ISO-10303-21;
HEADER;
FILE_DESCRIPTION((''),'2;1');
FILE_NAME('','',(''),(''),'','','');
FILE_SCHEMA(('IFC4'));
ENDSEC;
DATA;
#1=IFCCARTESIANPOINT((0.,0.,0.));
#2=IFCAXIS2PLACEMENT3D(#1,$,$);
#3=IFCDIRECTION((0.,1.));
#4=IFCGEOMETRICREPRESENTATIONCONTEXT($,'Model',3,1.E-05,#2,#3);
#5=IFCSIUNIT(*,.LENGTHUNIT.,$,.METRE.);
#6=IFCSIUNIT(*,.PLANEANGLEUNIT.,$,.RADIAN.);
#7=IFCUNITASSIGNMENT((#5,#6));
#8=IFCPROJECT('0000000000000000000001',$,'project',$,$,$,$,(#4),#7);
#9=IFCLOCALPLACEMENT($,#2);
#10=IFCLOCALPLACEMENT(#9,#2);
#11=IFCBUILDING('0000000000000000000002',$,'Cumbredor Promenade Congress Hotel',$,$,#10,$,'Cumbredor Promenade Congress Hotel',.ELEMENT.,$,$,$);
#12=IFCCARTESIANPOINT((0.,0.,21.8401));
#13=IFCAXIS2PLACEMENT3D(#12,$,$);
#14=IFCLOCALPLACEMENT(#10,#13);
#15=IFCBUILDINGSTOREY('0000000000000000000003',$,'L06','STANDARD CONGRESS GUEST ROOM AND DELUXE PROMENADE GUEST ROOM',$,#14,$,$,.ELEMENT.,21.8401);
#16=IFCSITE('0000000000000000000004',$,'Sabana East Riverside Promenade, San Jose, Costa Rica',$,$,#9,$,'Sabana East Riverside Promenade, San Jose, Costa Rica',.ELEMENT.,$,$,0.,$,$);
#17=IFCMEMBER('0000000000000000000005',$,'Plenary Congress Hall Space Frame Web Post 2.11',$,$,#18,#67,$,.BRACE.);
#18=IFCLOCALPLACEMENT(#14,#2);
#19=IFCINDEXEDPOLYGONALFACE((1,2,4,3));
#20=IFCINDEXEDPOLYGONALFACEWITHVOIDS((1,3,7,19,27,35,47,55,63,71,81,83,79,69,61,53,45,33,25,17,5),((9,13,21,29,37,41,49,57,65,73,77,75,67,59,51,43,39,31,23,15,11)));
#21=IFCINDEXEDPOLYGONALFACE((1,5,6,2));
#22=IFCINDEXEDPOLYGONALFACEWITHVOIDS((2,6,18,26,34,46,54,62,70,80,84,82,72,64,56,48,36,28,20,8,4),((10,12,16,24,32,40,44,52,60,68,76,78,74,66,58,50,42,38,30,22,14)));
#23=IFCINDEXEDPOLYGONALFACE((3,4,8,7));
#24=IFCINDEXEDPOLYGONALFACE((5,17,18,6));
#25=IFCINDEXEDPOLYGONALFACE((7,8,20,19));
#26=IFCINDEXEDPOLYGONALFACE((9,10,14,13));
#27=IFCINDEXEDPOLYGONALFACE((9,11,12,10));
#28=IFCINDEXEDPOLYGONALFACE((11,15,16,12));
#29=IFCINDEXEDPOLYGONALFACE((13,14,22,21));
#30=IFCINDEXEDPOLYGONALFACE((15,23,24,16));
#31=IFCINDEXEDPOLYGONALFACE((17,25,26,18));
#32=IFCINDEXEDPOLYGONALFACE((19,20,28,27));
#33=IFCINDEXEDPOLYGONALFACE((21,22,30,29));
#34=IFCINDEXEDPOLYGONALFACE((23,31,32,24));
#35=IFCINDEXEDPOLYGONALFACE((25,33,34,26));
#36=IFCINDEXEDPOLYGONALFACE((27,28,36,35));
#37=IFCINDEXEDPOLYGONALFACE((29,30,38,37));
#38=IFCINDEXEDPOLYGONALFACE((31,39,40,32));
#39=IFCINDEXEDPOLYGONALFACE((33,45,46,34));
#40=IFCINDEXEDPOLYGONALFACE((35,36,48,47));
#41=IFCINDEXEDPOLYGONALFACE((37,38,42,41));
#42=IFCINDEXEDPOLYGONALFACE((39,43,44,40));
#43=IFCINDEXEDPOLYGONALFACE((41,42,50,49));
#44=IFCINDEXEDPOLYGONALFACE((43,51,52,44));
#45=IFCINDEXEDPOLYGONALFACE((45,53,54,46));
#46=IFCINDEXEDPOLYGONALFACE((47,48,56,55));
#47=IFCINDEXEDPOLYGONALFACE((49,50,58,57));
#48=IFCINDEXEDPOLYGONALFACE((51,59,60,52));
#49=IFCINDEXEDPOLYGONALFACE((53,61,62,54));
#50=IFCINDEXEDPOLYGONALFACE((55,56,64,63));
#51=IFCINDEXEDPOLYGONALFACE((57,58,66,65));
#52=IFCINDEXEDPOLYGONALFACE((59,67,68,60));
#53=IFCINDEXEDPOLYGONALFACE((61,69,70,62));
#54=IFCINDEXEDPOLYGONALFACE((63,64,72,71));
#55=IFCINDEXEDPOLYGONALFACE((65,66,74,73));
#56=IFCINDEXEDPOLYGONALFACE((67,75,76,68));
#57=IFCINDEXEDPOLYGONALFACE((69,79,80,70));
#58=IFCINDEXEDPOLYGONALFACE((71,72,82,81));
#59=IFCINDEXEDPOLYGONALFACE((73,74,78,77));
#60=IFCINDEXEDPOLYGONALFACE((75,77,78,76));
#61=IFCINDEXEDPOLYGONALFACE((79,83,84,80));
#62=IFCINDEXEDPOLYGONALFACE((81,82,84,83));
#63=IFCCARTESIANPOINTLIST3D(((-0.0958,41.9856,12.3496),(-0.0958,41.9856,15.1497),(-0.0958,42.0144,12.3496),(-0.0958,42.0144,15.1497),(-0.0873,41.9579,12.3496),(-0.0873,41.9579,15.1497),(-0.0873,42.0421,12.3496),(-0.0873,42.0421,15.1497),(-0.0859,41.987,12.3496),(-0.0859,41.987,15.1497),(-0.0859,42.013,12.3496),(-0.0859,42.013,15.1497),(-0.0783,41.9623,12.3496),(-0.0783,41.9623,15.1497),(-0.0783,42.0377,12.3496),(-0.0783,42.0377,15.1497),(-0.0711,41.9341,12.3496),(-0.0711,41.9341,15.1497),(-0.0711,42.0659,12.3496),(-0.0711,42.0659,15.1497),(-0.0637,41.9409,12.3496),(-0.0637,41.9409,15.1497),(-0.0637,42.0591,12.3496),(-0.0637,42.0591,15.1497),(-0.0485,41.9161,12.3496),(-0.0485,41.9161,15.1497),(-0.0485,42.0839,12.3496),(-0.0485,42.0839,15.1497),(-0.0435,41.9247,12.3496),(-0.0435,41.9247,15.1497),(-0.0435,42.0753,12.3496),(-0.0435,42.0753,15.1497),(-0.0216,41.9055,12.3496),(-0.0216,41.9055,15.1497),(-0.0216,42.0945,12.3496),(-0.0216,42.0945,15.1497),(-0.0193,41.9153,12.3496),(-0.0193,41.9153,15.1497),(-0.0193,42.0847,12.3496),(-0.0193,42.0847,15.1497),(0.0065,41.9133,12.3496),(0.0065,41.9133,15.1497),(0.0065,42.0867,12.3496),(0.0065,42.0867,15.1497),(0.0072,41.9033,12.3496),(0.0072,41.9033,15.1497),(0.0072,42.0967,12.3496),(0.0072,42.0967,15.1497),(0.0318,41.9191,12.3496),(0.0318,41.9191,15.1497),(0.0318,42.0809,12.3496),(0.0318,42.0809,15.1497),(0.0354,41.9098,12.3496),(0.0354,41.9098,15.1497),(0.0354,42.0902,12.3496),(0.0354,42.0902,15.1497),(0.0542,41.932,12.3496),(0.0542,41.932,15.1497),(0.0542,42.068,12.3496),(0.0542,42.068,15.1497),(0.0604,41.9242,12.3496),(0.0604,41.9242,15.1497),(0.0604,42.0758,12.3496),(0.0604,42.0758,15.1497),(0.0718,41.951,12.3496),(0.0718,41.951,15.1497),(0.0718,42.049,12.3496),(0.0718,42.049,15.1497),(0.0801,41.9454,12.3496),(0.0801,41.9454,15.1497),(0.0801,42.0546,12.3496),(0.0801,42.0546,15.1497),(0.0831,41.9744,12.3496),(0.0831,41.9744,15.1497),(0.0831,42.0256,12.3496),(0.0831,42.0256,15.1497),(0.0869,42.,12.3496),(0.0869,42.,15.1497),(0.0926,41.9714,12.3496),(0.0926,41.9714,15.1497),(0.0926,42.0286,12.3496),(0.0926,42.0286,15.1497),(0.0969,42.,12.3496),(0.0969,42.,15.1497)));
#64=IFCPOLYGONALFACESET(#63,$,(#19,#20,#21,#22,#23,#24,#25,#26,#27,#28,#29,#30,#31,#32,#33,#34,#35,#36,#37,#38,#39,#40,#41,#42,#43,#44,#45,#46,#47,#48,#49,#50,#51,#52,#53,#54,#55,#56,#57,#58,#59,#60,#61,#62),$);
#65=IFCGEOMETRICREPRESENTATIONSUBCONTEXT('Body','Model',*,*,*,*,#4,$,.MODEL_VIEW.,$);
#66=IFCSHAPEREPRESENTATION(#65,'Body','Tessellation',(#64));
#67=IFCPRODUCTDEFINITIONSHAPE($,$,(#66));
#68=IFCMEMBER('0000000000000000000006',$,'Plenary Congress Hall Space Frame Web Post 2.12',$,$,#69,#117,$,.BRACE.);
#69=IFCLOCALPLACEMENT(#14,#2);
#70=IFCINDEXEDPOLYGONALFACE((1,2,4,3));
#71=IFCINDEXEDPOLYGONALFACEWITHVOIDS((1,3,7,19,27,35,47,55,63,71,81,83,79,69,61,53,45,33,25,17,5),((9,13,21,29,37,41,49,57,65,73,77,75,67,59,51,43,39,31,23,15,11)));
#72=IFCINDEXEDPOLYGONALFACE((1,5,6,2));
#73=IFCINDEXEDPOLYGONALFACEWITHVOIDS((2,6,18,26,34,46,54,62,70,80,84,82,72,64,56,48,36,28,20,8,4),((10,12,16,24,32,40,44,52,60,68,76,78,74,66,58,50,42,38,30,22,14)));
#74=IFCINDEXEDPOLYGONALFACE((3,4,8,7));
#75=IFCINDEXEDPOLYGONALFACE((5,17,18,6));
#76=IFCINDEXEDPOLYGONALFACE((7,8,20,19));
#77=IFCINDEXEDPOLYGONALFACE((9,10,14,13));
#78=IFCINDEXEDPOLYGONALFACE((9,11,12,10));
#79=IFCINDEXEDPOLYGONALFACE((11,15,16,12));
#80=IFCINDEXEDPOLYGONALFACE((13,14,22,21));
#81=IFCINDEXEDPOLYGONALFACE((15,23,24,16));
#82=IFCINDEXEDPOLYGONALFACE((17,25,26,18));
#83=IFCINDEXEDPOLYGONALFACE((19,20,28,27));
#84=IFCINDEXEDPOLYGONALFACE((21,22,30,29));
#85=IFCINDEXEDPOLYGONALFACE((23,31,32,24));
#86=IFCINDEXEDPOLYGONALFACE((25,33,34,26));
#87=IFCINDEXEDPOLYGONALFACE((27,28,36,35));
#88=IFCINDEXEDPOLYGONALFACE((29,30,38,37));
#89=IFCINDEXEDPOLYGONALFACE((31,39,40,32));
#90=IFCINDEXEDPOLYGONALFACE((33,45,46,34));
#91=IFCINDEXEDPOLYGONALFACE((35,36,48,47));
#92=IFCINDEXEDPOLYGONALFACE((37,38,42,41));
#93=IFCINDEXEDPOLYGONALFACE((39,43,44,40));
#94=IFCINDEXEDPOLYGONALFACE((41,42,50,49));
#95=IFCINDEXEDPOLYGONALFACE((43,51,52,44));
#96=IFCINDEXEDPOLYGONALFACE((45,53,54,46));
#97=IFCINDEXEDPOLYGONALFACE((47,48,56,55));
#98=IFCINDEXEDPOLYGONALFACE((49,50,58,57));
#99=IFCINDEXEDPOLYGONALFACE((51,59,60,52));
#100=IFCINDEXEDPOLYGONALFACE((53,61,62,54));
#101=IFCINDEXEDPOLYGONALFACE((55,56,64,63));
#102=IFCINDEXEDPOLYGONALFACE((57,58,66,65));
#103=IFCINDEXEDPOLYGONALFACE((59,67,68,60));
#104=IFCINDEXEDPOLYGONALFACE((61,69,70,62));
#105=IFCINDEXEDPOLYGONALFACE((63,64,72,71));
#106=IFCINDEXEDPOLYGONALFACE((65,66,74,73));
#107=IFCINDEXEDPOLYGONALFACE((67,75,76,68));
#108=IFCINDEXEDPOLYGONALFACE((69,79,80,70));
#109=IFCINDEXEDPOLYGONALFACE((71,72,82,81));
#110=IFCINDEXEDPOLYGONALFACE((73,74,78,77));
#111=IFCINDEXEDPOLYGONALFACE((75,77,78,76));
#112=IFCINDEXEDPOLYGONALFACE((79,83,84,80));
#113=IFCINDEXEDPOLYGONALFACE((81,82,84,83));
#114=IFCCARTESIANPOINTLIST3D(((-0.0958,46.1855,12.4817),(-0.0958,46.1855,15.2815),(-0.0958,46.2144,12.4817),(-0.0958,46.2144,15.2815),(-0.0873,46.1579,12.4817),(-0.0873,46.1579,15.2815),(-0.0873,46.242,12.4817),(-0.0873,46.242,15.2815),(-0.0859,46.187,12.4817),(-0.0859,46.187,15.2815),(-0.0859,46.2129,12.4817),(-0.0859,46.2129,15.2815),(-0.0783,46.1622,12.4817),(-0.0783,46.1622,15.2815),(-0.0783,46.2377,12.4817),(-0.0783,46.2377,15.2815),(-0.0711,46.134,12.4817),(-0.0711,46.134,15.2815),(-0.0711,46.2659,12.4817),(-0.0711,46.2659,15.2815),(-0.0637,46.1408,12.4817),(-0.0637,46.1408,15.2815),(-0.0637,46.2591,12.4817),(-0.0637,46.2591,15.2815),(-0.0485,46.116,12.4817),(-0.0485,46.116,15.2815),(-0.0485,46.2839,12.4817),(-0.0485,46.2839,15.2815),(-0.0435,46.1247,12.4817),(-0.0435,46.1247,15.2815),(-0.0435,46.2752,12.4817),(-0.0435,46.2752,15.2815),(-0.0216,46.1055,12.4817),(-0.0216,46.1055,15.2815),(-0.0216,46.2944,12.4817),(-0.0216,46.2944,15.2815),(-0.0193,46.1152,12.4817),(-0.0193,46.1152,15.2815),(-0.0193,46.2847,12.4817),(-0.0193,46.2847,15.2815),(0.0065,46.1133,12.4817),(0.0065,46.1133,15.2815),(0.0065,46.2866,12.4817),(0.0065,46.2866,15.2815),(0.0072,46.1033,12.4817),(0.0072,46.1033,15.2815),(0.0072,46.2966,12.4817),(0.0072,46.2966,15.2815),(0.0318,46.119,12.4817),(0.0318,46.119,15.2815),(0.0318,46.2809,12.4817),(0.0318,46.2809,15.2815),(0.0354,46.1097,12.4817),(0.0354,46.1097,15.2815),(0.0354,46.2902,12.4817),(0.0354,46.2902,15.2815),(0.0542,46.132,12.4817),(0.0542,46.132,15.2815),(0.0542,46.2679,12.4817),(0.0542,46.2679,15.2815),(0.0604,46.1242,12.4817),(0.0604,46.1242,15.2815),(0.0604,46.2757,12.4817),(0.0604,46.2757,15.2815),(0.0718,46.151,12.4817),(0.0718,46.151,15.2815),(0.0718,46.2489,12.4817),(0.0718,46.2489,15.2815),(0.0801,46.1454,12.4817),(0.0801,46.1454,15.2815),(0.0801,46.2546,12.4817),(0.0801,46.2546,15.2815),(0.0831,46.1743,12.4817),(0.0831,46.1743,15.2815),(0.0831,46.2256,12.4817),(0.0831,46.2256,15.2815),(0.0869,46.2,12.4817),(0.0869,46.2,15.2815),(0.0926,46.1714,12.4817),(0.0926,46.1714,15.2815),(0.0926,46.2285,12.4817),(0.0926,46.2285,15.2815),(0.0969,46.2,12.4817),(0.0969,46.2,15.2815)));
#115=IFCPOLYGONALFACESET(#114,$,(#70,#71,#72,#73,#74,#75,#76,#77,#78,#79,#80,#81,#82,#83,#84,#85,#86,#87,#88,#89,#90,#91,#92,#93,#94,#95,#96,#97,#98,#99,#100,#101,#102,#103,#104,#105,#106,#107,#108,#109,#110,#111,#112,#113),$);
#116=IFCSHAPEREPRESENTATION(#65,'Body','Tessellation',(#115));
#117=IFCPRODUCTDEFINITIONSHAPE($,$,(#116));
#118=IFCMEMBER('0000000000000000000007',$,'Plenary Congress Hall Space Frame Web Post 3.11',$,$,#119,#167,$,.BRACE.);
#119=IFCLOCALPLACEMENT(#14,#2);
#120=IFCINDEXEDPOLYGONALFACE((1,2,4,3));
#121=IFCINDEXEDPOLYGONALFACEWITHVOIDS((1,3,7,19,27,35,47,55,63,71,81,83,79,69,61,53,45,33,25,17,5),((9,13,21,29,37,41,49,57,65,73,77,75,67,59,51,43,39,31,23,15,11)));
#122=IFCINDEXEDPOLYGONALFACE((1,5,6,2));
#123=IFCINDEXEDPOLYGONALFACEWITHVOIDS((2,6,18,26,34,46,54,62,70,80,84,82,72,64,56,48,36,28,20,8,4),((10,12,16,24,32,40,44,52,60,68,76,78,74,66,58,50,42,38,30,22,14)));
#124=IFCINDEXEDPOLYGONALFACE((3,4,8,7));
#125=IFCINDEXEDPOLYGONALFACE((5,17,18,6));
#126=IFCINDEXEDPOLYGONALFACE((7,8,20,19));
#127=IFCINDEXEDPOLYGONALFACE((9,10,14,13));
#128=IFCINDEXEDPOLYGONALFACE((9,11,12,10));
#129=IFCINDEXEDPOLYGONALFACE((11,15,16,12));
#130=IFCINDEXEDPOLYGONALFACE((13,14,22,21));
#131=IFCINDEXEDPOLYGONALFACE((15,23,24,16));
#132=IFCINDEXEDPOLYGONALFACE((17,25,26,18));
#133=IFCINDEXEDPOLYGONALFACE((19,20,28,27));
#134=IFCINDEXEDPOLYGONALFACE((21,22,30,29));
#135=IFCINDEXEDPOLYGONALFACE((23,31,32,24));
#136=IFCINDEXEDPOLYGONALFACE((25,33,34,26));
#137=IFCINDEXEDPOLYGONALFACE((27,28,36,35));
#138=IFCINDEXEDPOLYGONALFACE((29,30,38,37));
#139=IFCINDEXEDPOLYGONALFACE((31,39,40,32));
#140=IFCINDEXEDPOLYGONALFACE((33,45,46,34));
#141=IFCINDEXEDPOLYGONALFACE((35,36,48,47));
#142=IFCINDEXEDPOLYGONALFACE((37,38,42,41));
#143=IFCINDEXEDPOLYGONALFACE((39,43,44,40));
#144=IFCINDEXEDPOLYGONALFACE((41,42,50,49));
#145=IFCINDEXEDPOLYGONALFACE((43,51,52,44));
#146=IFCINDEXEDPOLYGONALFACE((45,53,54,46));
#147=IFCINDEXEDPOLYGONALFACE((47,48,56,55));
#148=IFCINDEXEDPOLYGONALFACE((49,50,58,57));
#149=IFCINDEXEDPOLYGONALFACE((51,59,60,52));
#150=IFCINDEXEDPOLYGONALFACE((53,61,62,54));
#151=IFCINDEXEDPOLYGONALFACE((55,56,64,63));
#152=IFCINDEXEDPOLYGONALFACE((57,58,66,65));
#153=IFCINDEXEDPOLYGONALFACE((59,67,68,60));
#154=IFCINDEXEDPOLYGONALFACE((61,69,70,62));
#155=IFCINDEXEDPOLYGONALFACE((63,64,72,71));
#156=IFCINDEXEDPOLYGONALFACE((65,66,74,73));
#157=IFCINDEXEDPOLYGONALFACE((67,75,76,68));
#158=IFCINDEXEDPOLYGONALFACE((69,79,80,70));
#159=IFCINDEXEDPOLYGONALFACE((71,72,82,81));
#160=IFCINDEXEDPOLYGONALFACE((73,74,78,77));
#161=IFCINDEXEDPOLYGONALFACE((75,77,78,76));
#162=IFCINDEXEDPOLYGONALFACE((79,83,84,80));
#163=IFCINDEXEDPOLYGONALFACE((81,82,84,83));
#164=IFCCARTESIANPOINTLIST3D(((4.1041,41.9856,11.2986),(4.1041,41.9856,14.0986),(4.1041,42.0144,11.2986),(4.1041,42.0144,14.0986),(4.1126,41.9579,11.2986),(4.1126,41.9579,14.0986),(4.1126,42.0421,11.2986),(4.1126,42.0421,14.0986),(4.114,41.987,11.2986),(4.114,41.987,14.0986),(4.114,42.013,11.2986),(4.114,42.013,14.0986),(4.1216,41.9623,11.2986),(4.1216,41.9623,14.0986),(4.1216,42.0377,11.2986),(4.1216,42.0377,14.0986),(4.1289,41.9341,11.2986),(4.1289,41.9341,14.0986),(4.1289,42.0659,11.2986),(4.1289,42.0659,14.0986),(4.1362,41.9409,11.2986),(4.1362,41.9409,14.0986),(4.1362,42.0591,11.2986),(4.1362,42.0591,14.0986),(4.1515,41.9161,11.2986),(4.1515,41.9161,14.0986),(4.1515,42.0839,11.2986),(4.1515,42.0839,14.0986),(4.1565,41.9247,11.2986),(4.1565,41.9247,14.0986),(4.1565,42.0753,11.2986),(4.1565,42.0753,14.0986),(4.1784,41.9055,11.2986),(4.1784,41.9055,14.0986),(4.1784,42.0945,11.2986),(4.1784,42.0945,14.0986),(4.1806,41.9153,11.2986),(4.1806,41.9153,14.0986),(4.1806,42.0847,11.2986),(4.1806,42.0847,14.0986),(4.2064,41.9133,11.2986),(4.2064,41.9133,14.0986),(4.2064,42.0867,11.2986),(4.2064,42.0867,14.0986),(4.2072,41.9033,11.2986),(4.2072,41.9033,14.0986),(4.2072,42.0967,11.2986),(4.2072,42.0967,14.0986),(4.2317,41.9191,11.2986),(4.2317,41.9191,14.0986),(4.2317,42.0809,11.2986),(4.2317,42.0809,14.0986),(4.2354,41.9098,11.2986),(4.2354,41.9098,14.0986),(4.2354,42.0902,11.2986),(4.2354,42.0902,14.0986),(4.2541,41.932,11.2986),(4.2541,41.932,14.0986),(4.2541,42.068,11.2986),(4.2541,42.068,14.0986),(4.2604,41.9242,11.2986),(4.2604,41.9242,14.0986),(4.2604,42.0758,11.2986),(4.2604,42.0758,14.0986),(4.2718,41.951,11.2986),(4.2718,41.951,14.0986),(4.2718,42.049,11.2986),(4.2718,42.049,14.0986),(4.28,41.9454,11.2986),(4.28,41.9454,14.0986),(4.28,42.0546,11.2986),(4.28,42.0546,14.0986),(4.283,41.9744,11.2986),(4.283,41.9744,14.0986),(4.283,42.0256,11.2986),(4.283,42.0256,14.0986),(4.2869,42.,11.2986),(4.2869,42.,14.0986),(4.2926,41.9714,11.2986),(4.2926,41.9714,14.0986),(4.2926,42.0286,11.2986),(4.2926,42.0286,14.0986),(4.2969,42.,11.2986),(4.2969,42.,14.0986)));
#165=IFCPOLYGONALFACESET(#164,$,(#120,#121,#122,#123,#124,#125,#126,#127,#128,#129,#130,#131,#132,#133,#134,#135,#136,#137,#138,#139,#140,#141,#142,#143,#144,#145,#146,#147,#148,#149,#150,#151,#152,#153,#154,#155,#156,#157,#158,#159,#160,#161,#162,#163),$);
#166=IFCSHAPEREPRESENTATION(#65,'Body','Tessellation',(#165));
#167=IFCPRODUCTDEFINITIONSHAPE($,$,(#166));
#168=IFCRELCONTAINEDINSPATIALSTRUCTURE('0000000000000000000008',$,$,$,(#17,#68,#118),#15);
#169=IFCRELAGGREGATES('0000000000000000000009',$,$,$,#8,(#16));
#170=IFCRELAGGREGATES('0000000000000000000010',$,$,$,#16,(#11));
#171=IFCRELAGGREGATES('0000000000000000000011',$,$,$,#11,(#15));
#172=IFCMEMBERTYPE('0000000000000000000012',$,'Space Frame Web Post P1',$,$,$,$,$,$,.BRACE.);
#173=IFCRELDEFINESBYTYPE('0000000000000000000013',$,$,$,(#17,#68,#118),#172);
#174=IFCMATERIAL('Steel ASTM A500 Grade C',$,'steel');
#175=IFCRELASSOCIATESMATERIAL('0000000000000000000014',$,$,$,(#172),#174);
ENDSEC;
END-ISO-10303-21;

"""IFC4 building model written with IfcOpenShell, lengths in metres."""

from ifc_helpers import new_model, si_unit, direction, frame, origin, origin_2d, place, context, subcontext, project, spatial, hollow_circle, extrude, material, material_profile, profile_set, type_object, element, save


model = new_model("IFC4")

# Units and contexts
model_context = context("Model", 3, precision=1e-05, world=origin(), true_north=direction((0.0, 1.0)))
body_context = subcontext(model_context, "Body", "Model", "MODEL_VIEW")
ifc_project = project(units=[si_unit("LENGTHUNIT", "METRE"), si_unit("PLANEANGLEUNIT", "RADIAN")], contexts=[model_context])

# Site, building, storey
site_placement = place(None, origin())
site = spatial("IfcSite", under=ifc_project, at=site_placement, Name="Sabana East Riverside Promenade, San Jose, Costa Rica", LongName="Sabana East Riverside Promenade, San Jose, Costa Rica", CompositionType="ELEMENT", RefElevation=0.0)
building_placement = place(site_placement, origin())
building = spatial("IfcBuilding", under=site, at=building_placement, Name="Cumbredor Promenade Congress Hotel", LongName="Cumbredor Promenade Congress Hotel", CompositionType="ELEMENT")
storey_placement = place(building_placement, frame((0.0, 0.0, 21.8401)))
storey = spatial("IfcBuildingStorey", under=building, at=storey_placement, Name="L06", Description="STANDARD CONGRESS GUEST ROOM AND DELUXE PROMENADE GUEST ROOM", CompositionType="ELEMENT", Elevation=21.8401)

# Members
ifc_material_1 = material(Name="Steel ASTM A500 Grade C", Category="steel")
ifc_material_profile_1 = material_profile(ifc_material_1, hollow_circle(Radius=0.0969, WallThickness=0.01, at=origin_2d()), Name="CHS 193.7x10")
ifc_profile_set_1 = profile_set([ifc_material_profile_1], Name="Steel ASTM A500 Grade C")
member_type_1 = type_object("IfcMemberType", Name="Space Frame Web Post P1", PredefinedType="BRACE", material=ifc_profile_set_1)
member_1_placement = place(storey_placement, frame((0.0, 42.0, 12.3496), z_axis=(0.0, 0.0, 1.0), x_axis=(1.0, 0.0, 0.0)))
element("IfcMember", 1, at=member_1_placement, inside=storey, type_object=member_type_1, Name="Plenary Congress Hall Space Frame Web Post 2.11", PredefinedType="BRACE", context=body_context, shape_type="SweptSolid", body=[
    extrude(hollow_circle(Radius=0.0969, WallThickness=0.01, at=origin_2d()), origin(), (0.0, 0.0, 1.0), 2.8),
])
member_2_placement = place(storey_placement, frame((0.0, 46.2, 12.4817), z_axis=(0.0, 0.0, 1.0), x_axis=(1.0, 0.0, 0.0)))
element("IfcMember", 2, at=member_2_placement, inside=storey, type_object=member_type_1, Name="Plenary Congress Hall Space Frame Web Post 2.12", PredefinedType="BRACE", context=body_context, shape_type="SweptSolid", body=[
    extrude(hollow_circle(Radius=0.0969, WallThickness=0.01, at=origin_2d()), origin(), (0.0, 0.0, 1.0), 2.7998),
])
for number, where, z_axis, x_axis, name in (
    (3, (4.2, 42.0, 11.2986), (0.0, 0.0, 1.0), (1.0, 0.0, 0.0), "Plenary Congress Hall Space Frame Web Post 3.11"),
):
    element("IfcMember", number, at=place(storey_placement, frame(where, z_axis=z_axis, x_axis=x_axis)), inside=storey, type_object=member_type_1, Name=name, PredefinedType="BRACE", context=body_context, shape_type="SweptSolid", body=[
        extrude(hollow_circle(Radius=0.0969, WallThickness=0.01, at=origin_2d()), origin(), (0.0, 0.0, 1.0), 2.8),
    ])

save(model, "model.ifc")
